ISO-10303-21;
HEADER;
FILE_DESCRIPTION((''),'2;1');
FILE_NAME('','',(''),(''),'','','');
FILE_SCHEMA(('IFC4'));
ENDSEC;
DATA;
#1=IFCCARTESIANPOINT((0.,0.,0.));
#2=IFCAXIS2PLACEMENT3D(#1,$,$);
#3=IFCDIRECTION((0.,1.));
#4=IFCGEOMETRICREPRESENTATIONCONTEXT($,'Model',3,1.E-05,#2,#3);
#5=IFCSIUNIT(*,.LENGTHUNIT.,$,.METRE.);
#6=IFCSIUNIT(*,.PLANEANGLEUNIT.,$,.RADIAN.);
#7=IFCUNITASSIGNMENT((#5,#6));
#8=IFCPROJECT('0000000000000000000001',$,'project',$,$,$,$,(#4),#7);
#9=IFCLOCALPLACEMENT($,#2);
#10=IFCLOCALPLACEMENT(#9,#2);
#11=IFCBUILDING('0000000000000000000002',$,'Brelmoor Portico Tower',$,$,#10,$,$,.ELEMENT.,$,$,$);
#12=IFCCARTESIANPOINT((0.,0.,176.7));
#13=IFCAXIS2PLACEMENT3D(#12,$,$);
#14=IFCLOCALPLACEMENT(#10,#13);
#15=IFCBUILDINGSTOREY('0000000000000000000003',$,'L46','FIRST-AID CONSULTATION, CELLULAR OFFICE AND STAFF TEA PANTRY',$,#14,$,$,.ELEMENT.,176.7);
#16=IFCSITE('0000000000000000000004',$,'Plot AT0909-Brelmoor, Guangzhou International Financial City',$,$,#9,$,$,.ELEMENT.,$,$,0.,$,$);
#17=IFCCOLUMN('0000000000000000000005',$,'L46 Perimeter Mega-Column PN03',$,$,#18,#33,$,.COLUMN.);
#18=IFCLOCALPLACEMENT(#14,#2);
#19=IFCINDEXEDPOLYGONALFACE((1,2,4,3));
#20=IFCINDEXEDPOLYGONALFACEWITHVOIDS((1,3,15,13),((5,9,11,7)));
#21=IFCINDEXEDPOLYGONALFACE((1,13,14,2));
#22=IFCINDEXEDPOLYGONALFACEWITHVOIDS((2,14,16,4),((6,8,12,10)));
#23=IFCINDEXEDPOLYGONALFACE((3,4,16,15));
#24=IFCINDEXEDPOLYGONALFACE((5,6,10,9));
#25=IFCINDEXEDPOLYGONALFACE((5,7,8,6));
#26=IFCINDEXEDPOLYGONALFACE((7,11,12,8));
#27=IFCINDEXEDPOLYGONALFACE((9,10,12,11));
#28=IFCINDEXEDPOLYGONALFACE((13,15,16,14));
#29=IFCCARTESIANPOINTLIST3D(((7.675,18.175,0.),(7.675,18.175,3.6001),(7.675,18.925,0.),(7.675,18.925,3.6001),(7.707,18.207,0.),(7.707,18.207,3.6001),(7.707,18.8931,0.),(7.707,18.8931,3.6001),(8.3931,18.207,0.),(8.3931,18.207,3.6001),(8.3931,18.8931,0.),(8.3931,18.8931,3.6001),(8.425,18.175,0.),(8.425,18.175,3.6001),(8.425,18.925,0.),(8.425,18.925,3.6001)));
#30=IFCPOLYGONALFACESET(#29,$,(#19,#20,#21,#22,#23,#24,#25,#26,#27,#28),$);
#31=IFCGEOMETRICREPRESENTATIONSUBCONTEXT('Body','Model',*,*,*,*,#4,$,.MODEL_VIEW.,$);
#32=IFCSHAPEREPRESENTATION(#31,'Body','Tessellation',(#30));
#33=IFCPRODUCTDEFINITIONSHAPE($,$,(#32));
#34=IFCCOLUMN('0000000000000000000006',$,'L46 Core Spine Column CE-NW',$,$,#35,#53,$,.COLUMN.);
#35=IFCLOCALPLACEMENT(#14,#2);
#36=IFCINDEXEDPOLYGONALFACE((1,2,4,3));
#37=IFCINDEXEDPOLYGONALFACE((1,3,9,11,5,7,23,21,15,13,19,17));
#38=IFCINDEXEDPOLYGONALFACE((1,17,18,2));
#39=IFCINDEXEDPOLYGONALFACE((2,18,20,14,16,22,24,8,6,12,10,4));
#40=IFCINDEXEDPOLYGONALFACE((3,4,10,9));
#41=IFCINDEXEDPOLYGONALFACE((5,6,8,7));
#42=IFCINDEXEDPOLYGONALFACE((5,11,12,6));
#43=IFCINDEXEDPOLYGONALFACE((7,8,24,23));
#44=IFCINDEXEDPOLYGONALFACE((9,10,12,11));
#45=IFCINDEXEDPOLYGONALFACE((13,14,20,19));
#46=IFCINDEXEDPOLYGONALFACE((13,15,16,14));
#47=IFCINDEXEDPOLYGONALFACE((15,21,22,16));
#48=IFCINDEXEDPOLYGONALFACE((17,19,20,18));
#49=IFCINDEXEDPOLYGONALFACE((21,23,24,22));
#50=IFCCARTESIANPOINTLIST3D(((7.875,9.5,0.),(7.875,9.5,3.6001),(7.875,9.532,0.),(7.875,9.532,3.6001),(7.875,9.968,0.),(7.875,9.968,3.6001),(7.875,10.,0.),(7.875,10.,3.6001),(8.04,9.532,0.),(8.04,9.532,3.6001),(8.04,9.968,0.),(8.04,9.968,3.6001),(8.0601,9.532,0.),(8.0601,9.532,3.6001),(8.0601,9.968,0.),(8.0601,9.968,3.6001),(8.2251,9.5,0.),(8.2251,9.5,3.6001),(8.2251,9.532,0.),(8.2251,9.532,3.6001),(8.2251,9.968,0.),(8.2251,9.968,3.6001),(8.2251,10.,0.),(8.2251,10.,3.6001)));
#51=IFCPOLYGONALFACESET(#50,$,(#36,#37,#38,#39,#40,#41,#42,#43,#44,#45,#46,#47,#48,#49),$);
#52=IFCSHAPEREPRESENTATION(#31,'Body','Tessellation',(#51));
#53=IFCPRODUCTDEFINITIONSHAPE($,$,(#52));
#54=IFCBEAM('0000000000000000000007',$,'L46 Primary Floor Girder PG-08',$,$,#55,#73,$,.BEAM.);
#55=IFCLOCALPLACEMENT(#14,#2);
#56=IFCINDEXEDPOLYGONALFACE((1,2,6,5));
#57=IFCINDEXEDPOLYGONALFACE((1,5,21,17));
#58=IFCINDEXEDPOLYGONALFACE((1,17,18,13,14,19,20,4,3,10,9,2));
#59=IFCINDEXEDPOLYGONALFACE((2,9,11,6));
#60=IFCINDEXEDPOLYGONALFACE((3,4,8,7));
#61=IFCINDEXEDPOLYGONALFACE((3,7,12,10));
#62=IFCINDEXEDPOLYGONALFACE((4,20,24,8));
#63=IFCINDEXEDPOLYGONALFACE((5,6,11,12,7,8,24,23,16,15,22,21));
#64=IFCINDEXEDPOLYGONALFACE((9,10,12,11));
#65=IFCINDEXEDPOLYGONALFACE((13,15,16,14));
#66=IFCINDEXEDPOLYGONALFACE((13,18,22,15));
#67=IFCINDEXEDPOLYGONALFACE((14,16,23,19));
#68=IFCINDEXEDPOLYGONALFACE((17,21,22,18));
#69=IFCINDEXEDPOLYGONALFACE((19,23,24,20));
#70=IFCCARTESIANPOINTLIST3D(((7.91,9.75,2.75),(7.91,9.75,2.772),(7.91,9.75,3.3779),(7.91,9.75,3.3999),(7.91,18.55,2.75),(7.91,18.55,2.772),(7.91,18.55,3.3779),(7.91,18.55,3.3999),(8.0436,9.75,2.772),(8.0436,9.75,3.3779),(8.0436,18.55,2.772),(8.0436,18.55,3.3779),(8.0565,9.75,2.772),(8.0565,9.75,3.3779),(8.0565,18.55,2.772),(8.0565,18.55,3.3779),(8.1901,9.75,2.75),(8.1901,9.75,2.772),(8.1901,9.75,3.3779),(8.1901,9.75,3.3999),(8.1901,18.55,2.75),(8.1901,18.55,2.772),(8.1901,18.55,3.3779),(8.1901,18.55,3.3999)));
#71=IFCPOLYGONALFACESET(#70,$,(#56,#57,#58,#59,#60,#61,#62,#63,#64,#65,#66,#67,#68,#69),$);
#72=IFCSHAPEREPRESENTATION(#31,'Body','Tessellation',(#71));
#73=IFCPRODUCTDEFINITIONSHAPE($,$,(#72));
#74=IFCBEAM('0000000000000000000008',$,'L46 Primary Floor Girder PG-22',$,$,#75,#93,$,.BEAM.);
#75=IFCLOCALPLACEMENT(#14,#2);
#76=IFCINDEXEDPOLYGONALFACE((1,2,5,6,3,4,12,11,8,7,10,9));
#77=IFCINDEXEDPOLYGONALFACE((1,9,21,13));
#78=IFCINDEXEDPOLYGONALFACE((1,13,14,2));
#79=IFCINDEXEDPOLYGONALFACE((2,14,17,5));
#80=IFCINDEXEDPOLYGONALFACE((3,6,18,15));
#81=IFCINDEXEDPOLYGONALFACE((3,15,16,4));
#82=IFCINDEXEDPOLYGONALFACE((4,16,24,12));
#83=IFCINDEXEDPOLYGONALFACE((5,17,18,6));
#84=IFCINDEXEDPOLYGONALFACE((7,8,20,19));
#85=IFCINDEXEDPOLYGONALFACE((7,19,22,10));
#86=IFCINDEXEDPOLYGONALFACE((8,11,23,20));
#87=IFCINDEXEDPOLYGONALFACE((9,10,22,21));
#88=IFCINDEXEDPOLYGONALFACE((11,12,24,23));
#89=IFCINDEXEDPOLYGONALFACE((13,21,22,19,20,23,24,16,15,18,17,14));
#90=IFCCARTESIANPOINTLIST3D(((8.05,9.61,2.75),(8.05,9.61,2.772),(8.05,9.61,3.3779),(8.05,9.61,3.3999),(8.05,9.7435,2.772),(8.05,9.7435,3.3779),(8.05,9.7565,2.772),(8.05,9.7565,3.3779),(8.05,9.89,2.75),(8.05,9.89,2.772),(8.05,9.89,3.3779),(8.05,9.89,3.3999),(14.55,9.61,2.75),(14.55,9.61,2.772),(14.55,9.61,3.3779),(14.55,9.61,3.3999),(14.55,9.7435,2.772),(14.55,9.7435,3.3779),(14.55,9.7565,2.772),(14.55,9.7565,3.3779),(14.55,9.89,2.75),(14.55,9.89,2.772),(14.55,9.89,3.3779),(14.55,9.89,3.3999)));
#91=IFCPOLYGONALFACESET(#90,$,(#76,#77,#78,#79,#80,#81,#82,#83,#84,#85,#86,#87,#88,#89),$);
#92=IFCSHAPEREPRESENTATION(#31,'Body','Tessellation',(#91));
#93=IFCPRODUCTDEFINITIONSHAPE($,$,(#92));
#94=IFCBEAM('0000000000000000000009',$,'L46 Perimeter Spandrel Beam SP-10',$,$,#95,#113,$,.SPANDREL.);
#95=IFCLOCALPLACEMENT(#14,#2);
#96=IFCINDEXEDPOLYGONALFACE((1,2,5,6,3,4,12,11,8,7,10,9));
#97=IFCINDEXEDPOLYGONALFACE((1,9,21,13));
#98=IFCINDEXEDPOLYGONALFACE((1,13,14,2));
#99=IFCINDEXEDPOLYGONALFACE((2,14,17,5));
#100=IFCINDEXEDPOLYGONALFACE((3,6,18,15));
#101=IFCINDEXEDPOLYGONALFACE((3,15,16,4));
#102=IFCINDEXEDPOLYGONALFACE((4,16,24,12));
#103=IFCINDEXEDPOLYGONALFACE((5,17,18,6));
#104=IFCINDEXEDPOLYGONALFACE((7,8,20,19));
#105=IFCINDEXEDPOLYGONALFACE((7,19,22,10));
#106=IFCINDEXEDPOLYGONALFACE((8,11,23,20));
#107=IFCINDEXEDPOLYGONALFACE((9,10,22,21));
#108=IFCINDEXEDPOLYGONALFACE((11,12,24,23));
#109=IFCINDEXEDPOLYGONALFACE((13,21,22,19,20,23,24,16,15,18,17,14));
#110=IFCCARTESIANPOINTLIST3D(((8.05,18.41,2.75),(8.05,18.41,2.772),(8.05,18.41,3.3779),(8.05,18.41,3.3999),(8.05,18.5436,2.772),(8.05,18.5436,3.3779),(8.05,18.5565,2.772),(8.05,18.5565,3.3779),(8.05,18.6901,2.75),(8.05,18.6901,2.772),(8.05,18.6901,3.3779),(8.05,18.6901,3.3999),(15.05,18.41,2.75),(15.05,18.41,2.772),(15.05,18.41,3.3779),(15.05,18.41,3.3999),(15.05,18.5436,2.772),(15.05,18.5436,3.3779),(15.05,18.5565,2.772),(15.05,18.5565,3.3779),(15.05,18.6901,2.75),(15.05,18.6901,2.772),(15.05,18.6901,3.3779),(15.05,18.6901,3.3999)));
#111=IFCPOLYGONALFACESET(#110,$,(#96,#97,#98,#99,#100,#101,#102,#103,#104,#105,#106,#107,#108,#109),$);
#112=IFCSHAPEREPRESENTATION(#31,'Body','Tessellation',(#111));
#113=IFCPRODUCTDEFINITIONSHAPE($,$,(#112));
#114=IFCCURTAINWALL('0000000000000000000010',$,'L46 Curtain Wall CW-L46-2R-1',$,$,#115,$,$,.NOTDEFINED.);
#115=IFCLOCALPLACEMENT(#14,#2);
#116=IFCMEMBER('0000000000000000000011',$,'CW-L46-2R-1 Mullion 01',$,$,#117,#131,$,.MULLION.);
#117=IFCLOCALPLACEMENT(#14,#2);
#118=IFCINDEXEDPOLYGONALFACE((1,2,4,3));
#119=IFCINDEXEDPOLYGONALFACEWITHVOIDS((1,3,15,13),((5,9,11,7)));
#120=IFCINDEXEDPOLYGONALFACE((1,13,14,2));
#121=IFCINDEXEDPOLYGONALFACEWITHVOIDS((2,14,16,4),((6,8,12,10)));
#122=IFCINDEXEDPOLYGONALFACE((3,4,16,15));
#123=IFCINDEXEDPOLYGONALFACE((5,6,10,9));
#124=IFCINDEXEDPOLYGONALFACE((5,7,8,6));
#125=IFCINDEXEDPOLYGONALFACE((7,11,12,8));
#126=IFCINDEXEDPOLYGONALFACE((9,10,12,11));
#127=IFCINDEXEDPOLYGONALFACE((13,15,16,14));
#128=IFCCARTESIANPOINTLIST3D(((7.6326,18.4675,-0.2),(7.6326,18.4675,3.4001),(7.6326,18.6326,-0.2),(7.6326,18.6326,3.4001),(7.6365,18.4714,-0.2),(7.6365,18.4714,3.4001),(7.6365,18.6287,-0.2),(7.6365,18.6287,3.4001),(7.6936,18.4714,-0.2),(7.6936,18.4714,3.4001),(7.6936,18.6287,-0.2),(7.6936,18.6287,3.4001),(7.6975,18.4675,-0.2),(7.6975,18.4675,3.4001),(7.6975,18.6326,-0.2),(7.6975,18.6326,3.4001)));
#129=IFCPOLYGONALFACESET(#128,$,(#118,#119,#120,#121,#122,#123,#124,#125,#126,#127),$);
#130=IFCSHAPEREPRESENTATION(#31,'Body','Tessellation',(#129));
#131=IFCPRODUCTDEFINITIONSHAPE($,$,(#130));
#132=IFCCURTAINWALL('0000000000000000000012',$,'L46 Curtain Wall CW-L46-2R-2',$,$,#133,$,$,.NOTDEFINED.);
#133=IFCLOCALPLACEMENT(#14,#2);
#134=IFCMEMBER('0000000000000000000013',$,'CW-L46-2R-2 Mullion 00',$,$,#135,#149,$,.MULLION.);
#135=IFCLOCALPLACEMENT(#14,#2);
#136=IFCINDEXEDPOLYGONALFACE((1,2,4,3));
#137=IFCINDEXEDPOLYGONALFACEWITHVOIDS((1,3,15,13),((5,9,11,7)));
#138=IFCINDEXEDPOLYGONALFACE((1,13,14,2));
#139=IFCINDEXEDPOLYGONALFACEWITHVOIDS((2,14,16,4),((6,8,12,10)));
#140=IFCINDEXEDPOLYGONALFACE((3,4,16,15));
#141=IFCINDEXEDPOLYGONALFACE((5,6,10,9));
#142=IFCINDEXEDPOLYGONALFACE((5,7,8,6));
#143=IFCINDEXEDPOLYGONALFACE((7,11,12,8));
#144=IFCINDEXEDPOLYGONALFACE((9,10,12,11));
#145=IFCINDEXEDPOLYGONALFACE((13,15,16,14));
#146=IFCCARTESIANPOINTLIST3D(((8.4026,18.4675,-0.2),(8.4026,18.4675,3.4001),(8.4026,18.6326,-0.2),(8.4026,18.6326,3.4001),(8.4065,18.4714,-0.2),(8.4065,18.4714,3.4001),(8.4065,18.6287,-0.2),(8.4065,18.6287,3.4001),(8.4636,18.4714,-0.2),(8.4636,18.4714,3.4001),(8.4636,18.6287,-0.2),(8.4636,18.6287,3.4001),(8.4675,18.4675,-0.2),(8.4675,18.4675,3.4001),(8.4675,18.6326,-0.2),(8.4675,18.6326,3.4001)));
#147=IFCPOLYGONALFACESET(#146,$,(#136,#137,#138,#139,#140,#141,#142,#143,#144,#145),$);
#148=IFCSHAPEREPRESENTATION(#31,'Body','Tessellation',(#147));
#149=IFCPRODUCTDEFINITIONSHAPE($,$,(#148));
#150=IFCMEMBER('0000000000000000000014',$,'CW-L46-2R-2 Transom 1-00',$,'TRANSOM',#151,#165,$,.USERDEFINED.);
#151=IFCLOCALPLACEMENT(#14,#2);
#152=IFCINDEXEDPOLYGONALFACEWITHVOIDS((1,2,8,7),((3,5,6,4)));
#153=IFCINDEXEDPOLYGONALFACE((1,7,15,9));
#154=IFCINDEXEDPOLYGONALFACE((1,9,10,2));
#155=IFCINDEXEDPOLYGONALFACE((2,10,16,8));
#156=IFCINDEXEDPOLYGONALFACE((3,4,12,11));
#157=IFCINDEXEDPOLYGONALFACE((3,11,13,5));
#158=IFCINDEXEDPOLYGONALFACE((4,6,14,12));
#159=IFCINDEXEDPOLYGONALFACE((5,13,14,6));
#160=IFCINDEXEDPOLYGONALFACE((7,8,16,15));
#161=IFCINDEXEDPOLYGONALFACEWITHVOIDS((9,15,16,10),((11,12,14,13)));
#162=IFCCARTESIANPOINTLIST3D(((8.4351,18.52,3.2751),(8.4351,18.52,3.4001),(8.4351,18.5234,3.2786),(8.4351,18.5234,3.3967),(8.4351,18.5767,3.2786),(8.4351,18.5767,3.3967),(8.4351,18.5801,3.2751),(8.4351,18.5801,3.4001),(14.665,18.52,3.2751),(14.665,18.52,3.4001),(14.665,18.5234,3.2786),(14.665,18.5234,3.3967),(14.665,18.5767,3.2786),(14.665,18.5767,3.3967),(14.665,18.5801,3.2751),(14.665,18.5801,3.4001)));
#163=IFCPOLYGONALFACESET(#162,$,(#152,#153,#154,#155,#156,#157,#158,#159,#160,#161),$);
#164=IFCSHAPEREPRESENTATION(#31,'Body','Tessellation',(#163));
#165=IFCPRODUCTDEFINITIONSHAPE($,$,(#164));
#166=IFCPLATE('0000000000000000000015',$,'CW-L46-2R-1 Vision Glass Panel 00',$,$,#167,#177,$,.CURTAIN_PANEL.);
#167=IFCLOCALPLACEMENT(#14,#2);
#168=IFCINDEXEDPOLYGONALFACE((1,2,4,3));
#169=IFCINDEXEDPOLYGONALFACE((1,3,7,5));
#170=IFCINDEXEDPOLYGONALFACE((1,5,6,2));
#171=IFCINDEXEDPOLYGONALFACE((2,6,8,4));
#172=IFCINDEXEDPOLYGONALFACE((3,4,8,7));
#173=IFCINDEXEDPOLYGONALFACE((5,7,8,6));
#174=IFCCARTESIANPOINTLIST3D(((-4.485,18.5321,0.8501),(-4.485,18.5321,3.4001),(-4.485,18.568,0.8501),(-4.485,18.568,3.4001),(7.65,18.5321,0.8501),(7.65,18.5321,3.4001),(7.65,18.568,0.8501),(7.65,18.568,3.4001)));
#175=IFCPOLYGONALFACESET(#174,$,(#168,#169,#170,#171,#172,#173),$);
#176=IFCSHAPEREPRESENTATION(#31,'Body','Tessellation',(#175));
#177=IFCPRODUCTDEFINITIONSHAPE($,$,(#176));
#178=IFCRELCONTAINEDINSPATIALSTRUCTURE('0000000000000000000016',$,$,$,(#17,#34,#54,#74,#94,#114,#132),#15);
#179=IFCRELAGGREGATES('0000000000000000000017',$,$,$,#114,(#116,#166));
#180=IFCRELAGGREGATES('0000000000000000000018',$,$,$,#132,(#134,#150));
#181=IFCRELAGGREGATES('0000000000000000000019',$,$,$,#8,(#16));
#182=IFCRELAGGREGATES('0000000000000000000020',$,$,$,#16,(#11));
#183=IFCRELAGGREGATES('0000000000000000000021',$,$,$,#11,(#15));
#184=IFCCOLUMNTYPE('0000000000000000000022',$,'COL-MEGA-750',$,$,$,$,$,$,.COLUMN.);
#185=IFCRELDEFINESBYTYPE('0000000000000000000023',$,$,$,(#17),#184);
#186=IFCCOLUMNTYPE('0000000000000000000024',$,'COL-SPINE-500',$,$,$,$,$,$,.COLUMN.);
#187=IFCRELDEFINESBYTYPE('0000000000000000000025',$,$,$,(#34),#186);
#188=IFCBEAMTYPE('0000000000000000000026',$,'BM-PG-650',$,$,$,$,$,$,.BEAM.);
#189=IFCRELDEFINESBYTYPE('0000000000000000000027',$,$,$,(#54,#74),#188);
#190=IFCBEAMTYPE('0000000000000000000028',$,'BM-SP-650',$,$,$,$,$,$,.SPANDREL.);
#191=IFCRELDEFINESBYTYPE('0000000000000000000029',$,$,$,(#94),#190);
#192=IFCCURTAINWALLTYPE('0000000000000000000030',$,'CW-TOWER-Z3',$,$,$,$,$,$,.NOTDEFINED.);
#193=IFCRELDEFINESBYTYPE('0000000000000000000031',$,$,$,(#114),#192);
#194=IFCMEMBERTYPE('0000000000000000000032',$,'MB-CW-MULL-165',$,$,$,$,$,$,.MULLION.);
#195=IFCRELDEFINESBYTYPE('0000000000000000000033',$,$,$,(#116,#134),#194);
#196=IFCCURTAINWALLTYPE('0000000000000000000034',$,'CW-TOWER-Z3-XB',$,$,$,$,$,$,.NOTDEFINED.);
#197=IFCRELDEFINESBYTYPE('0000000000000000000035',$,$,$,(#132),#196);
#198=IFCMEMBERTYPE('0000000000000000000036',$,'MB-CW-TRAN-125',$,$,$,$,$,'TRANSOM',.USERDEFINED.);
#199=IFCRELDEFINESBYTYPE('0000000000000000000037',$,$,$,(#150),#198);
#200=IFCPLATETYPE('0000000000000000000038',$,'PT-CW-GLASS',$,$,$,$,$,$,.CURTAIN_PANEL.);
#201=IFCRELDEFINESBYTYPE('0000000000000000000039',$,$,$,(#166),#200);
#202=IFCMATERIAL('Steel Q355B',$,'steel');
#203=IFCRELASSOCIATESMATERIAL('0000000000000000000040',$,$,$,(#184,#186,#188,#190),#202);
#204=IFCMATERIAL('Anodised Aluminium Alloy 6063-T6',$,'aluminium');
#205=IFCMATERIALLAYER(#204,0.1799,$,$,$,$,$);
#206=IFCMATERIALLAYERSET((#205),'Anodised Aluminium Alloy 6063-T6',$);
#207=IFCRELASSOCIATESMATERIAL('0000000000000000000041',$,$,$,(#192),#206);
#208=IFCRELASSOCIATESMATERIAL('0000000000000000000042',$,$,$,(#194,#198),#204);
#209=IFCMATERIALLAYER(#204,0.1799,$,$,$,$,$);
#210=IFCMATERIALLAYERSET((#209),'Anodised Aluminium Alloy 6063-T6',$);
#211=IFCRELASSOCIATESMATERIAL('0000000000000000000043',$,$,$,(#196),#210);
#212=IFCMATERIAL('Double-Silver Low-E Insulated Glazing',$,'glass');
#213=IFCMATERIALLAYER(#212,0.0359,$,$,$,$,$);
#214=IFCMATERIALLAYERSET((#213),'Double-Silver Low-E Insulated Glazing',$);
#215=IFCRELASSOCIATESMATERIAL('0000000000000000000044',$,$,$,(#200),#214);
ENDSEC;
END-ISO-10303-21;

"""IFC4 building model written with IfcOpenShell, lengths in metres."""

from ifc_helpers import new_model, si_unit, direction, frame, origin, origin_2d, place, context, subcontext, project, spatial, rectangle, hollow_rectangle, i_section, extrude, material, layer, layer_set, material_profile, profile_set, type_object, element, aggregate, save


model = new_model("IFC4")

# Units and contexts
model_context = context("Model", 3, precision=1e-05, world=origin(), true_north=direction((0.0, 1.0)))
body_context = subcontext(model_context, "Body", "Model", "MODEL_VIEW")
ifc_project = project(units=[si_unit("LENGTHUNIT", "METRE"), si_unit("PLANEANGLEUNIT", "RADIAN")], contexts=[model_context])

# Site, building, storey
site_placement = place(None, origin())
site = spatial("IfcSite", under=ifc_project, at=site_placement, Name="Plot AT0909-Brelmoor, Guangzhou International Financial City", CompositionType="ELEMENT", RefElevation=0.0)
building_placement = place(site_placement, origin())
building = spatial("IfcBuilding", under=site, at=building_placement, Name="Brelmoor Portico Tower", CompositionType="ELEMENT")
storey_placement = place(building_placement, frame((0.0, 0.0, 176.7)))
storey = spatial("IfcBuildingStorey", under=building, at=storey_placement, Name="L46", Description="FIRST-AID CONSULTATION, CELLULAR OFFICE AND STAFF TEA PANTRY", CompositionType="ELEMENT", Elevation=176.7)

# Columns
ifc_material_1 = material(Name="Steel Q355B", Category="steel")
ifc_material_profile_1 = material_profile(ifc_material_1, hollow_rectangle(XDim=0.75, YDim=0.75, WallThickness=0.032, at=origin_2d()), Name="BOX 750x750x32")
ifc_profile_set_1 = profile_set([ifc_material_profile_1], Name="Steel Q355B")
column_type_1 = type_object("IfcColumnType", Name="COL-MEGA-750", PredefinedType="COLUMN", material=ifc_profile_set_1)
column_1_placement = place(storey_placement, frame((8.05, 18.55, 0.0), z_axis=(0.0, 0.0, 1.0), x_axis=(1.0, 0.0, 0.0)))
element("IfcColumn", 1, at=column_1_placement, inside=storey, type_object=column_type_1, Name="L46 Perimeter Mega-Column PN03", PredefinedType="COLUMN", context=body_context, shape_type="SweptSolid", body=[
    extrude(hollow_rectangle(XDim=0.75, YDim=0.75, WallThickness=0.032, at=origin_2d()), origin(), (0.0, 0.0, 1.0), 3.6001),
])
ifc_material_profile_2 = material_profile(ifc_material_1, i_section(OverallWidth=0.3501, OverallDepth=0.5, WebThickness=0.02, FlangeThickness=0.032, at=origin_2d()), Name="HW 500x350x20x32")
ifc_profile_set_2 = profile_set([ifc_material_profile_2], Name="Steel Q355B")
column_type_2 = type_object("IfcColumnType", Name="COL-SPINE-500", PredefinedType="COLUMN", material=ifc_profile_set_2)
column_2_placement = place(storey_placement, frame((8.05, 9.75, 0.0), z_axis=(0.0, 0.0, 1.0), x_axis=(1.0, 0.0, 0.0)))
element("IfcColumn", 2, at=column_2_placement, inside=storey, type_object=column_type_2, Name="L46 Core Spine Column CE-NW", PredefinedType="COLUMN", context=body_context, shape_type="SweptSolid", body=[
    extrude(i_section(OverallWidth=0.3501, OverallDepth=0.5, WebThickness=0.02, FlangeThickness=0.032, at=origin_2d()), origin(), (0.0, 0.0, 1.0), 3.6001),
])

# Beams
ifc_material_profile_3 = material_profile(ifc_material_1, i_section(OverallWidth=0.28, OverallDepth=0.6499, WebThickness=0.0129, FlangeThickness=0.022, at=origin_2d()), Name="HN 650x280x13x22")
ifc_profile_set_3 = profile_set([ifc_material_profile_3], Name="Steel Q355B")
beam_type_1 = type_object("IfcBeamType", Name="BM-PG-650", PredefinedType="BEAM", material=ifc_profile_set_3)
beam_1_placement = place(storey_placement, frame((8.05, 9.75, 3.075), z_axis=(0.0, 1.0, 0.0), x_axis=(-1.0, 0.0, 0.0)))
element("IfcBeam", 3, at=beam_1_placement, inside=storey, type_object=beam_type_1, Name="L46 Primary Floor Girder PG-08", PredefinedType="BEAM", context=body_context, shape_type="SweptSolid", body=[
    extrude(i_section(OverallWidth=0.28, OverallDepth=0.6499, WebThickness=0.0129, FlangeThickness=0.022, at=origin_2d()), origin(), (0.0, 0.0, 1.0), 8.8),
])
beam_2_placement = place(storey_placement, frame((8.05, 9.75, 3.075), z_axis=(1.0, 0.0, 0.0), x_axis=(0.0, 1.0, 0.0)))
element("IfcBeam", 4, at=beam_2_placement, inside=storey, type_object=beam_type_1, Name="L46 Primary Floor Girder PG-22", PredefinedType="BEAM", context=body_context, shape_type="SweptSolid", body=[
    extrude(i_section(OverallWidth=0.28, OverallDepth=0.6499, WebThickness=0.0129, FlangeThickness=0.022, at=origin_2d()), origin(), (0.0, 0.0, 1.0), 6.5),
])
ifc_material_profile_4 = material_profile(ifc_material_1, i_section(OverallWidth=0.28, OverallDepth=0.6499, WebThickness=0.0129, FlangeThickness=0.022, at=origin_2d()), Name="HN 650x280x13x22")
ifc_profile_set_4 = profile_set([ifc_material_profile_4], Name="Steel Q355B")
beam_type_2 = type_object("IfcBeamType", Name="BM-SP-650", PredefinedType="SPANDREL", material=ifc_profile_set_4)
beam_3_placement = place(storey_placement, frame((8.05, 18.55, 3.075), z_axis=(1.0, 0.0, 0.0), x_axis=(0.0, 1.0, 0.0)))
element("IfcBeam", 5, at=beam_3_placement, inside=storey, type_object=beam_type_2, Name="L46 Perimeter Spandrel Beam SP-10", PredefinedType="SPANDREL", context=body_context, shape_type="SweptSolid", body=[
    extrude(i_section(OverallWidth=0.28, OverallDepth=0.6499, WebThickness=0.0129, FlangeThickness=0.022, at=origin_2d()), origin(), (0.0, 0.0, 1.0), 7.0),
])

# Curtain wall, member
ifc_material_2 = material(Name="Anodised Aluminium Alloy 6063-T6", Category="aluminium")
ifc_layer_1 = layer(ifc_material_2, 0.1799)
ifc_layer_set_1 = layer_set([ifc_layer_1], Name="Anodised Aluminium Alloy 6063-T6")
curtain_wall_type_1 = type_object("IfcCurtainWallType", Name="CW-TOWER-Z3", PredefinedType="NOTDEFINED", material=ifc_layer_set_1)
curtain_wall_1_placement = place(storey_placement, origin())
curtain_wall_1 = element("IfcCurtainWall", 6, at=curtain_wall_1_placement, inside=storey, type_object=curtain_wall_type_1, Name="L46 Curtain Wall CW-L46-2R-1", PredefinedType="NOTDEFINED")
ifc_material_profile_5 = material_profile(ifc_material_2, hollow_rectangle(XDim=0.0649, YDim=0.165, WallThickness=0.0039, at=origin_2d()), Name="ALU MULLION 65x165")
ifc_profile_set_5 = profile_set([ifc_material_profile_5], Name="Anodised Aluminium Alloy 6063-T6")
member_type_1 = type_object("IfcMemberType", Name="MB-CW-MULL-165", PredefinedType="MULLION", material=ifc_profile_set_5)
member_1_placement = place(storey_placement, frame((7.665, 18.55, -0.2), z_axis=(0.0, 0.0, 1.0), x_axis=(1.0, 0.0, 0.0)))
member_1 = element("IfcMember", 7, at=member_1_placement, type_object=member_type_1, Name="CW-L46-2R-1 Mullion 01", PredefinedType="MULLION", context=body_context, shape_type="SweptSolid", body=[
    extrude(hollow_rectangle(XDim=0.0649, YDim=0.165, WallThickness=0.0039, at=origin_2d()), origin(), (0.0, 0.0, 1.0), 3.6001),
])

# Curtain wall, members
ifc_layer_2 = layer(ifc_material_2, 0.1799)
ifc_layer_set_2 = layer_set([ifc_layer_2], Name="Anodised Aluminium Alloy 6063-T6")
curtain_wall_type_2 = type_object("IfcCurtainWallType", Name="CW-TOWER-Z3-XB", PredefinedType="NOTDEFINED", material=ifc_layer_set_2)
curtain_wall_2_placement = place(storey_placement, origin())
curtain_wall_2 = element("IfcCurtainWall", 8, at=curtain_wall_2_placement, inside=storey, type_object=curtain_wall_type_2, Name="L46 Curtain Wall CW-L46-2R-2", PredefinedType="NOTDEFINED")
member_2_placement = place(storey_placement, frame((8.4351, 18.55, -0.2), z_axis=(0.0, 0.0, 1.0), x_axis=(1.0, 0.0, 0.0)))
member_2 = element("IfcMember", 9, at=member_2_placement, type_object=member_type_1, Name="CW-L46-2R-2 Mullion 00", PredefinedType="MULLION", context=body_context, shape_type="SweptSolid", body=[
    extrude(hollow_rectangle(XDim=0.0649, YDim=0.165, WallThickness=0.0039, at=origin_2d()), origin(), (0.0, 0.0, 1.0), 3.6001),
])
ifc_material_profile_6 = material_profile(ifc_material_2, hollow_rectangle(XDim=0.0601, YDim=0.125, WallThickness=0.0034, at=origin_2d()), Name="ALU TRANSOM 60x125")
ifc_profile_set_6 = profile_set([ifc_material_profile_6], Name="Anodised Aluminium Alloy 6063-T6")
member_type_2 = type_object("IfcMemberType", Name="MB-CW-TRAN-125", ElementType="TRANSOM", PredefinedType="USERDEFINED", material=ifc_profile_set_6)
member_3_placement = place(storey_placement, frame((8.4351, 18.55, 3.3376), z_axis=(1.0, 0.0, 0.0), x_axis=(0.0, 1.0, 0.0)))
member_3 = element("IfcMember", 10, at=member_3_placement, type_object=member_type_2, Name="CW-L46-2R-2 Transom 1-00", ObjectType="TRANSOM", PredefinedType="USERDEFINED", context=body_context, shape_type="SweptSolid", body=[
    extrude(hollow_rectangle(XDim=0.0601, YDim=0.125, WallThickness=0.0034, at=origin_2d()), origin(), (0.0, 0.0, 1.0), 6.23),
])

# Plate
ifc_material_3 = material(Name="Double-Silver Low-E Insulated Glazing", Category="glass")
ifc_layer_3 = layer(ifc_material_3, 0.0359)
ifc_layer_set_3 = layer_set([ifc_layer_3], Name="Double-Silver Low-E Insulated Glazing")
plate_type_1 = type_object("IfcPlateType", Name="PT-CW-GLASS", PredefinedType="CURTAIN_PANEL", material=ifc_layer_set_3)
plate_1_placement = place(storey_placement, frame((1.5825, 18.55, 0.8501), z_axis=(0.0, 0.0, 1.0), x_axis=(1.0, 0.0, 0.0)))
plate_1 = element("IfcPlate", 11, at=plate_1_placement, type_object=plate_type_1, Name="CW-L46-2R-1 Vision Glass Panel 00", PredefinedType="CURTAIN_PANEL", context=body_context, shape_type="SweptSolid", body=[
    extrude(rectangle(XDim=12.135, YDim=0.0359, at=origin_2d()), origin(), (0.0, 0.0, 1.0), 2.55),
])
aggregate(curtain_wall_1, [member_1, plate_1])
aggregate(curtain_wall_2, [member_2, member_3])

save(model, "model.ifc")
